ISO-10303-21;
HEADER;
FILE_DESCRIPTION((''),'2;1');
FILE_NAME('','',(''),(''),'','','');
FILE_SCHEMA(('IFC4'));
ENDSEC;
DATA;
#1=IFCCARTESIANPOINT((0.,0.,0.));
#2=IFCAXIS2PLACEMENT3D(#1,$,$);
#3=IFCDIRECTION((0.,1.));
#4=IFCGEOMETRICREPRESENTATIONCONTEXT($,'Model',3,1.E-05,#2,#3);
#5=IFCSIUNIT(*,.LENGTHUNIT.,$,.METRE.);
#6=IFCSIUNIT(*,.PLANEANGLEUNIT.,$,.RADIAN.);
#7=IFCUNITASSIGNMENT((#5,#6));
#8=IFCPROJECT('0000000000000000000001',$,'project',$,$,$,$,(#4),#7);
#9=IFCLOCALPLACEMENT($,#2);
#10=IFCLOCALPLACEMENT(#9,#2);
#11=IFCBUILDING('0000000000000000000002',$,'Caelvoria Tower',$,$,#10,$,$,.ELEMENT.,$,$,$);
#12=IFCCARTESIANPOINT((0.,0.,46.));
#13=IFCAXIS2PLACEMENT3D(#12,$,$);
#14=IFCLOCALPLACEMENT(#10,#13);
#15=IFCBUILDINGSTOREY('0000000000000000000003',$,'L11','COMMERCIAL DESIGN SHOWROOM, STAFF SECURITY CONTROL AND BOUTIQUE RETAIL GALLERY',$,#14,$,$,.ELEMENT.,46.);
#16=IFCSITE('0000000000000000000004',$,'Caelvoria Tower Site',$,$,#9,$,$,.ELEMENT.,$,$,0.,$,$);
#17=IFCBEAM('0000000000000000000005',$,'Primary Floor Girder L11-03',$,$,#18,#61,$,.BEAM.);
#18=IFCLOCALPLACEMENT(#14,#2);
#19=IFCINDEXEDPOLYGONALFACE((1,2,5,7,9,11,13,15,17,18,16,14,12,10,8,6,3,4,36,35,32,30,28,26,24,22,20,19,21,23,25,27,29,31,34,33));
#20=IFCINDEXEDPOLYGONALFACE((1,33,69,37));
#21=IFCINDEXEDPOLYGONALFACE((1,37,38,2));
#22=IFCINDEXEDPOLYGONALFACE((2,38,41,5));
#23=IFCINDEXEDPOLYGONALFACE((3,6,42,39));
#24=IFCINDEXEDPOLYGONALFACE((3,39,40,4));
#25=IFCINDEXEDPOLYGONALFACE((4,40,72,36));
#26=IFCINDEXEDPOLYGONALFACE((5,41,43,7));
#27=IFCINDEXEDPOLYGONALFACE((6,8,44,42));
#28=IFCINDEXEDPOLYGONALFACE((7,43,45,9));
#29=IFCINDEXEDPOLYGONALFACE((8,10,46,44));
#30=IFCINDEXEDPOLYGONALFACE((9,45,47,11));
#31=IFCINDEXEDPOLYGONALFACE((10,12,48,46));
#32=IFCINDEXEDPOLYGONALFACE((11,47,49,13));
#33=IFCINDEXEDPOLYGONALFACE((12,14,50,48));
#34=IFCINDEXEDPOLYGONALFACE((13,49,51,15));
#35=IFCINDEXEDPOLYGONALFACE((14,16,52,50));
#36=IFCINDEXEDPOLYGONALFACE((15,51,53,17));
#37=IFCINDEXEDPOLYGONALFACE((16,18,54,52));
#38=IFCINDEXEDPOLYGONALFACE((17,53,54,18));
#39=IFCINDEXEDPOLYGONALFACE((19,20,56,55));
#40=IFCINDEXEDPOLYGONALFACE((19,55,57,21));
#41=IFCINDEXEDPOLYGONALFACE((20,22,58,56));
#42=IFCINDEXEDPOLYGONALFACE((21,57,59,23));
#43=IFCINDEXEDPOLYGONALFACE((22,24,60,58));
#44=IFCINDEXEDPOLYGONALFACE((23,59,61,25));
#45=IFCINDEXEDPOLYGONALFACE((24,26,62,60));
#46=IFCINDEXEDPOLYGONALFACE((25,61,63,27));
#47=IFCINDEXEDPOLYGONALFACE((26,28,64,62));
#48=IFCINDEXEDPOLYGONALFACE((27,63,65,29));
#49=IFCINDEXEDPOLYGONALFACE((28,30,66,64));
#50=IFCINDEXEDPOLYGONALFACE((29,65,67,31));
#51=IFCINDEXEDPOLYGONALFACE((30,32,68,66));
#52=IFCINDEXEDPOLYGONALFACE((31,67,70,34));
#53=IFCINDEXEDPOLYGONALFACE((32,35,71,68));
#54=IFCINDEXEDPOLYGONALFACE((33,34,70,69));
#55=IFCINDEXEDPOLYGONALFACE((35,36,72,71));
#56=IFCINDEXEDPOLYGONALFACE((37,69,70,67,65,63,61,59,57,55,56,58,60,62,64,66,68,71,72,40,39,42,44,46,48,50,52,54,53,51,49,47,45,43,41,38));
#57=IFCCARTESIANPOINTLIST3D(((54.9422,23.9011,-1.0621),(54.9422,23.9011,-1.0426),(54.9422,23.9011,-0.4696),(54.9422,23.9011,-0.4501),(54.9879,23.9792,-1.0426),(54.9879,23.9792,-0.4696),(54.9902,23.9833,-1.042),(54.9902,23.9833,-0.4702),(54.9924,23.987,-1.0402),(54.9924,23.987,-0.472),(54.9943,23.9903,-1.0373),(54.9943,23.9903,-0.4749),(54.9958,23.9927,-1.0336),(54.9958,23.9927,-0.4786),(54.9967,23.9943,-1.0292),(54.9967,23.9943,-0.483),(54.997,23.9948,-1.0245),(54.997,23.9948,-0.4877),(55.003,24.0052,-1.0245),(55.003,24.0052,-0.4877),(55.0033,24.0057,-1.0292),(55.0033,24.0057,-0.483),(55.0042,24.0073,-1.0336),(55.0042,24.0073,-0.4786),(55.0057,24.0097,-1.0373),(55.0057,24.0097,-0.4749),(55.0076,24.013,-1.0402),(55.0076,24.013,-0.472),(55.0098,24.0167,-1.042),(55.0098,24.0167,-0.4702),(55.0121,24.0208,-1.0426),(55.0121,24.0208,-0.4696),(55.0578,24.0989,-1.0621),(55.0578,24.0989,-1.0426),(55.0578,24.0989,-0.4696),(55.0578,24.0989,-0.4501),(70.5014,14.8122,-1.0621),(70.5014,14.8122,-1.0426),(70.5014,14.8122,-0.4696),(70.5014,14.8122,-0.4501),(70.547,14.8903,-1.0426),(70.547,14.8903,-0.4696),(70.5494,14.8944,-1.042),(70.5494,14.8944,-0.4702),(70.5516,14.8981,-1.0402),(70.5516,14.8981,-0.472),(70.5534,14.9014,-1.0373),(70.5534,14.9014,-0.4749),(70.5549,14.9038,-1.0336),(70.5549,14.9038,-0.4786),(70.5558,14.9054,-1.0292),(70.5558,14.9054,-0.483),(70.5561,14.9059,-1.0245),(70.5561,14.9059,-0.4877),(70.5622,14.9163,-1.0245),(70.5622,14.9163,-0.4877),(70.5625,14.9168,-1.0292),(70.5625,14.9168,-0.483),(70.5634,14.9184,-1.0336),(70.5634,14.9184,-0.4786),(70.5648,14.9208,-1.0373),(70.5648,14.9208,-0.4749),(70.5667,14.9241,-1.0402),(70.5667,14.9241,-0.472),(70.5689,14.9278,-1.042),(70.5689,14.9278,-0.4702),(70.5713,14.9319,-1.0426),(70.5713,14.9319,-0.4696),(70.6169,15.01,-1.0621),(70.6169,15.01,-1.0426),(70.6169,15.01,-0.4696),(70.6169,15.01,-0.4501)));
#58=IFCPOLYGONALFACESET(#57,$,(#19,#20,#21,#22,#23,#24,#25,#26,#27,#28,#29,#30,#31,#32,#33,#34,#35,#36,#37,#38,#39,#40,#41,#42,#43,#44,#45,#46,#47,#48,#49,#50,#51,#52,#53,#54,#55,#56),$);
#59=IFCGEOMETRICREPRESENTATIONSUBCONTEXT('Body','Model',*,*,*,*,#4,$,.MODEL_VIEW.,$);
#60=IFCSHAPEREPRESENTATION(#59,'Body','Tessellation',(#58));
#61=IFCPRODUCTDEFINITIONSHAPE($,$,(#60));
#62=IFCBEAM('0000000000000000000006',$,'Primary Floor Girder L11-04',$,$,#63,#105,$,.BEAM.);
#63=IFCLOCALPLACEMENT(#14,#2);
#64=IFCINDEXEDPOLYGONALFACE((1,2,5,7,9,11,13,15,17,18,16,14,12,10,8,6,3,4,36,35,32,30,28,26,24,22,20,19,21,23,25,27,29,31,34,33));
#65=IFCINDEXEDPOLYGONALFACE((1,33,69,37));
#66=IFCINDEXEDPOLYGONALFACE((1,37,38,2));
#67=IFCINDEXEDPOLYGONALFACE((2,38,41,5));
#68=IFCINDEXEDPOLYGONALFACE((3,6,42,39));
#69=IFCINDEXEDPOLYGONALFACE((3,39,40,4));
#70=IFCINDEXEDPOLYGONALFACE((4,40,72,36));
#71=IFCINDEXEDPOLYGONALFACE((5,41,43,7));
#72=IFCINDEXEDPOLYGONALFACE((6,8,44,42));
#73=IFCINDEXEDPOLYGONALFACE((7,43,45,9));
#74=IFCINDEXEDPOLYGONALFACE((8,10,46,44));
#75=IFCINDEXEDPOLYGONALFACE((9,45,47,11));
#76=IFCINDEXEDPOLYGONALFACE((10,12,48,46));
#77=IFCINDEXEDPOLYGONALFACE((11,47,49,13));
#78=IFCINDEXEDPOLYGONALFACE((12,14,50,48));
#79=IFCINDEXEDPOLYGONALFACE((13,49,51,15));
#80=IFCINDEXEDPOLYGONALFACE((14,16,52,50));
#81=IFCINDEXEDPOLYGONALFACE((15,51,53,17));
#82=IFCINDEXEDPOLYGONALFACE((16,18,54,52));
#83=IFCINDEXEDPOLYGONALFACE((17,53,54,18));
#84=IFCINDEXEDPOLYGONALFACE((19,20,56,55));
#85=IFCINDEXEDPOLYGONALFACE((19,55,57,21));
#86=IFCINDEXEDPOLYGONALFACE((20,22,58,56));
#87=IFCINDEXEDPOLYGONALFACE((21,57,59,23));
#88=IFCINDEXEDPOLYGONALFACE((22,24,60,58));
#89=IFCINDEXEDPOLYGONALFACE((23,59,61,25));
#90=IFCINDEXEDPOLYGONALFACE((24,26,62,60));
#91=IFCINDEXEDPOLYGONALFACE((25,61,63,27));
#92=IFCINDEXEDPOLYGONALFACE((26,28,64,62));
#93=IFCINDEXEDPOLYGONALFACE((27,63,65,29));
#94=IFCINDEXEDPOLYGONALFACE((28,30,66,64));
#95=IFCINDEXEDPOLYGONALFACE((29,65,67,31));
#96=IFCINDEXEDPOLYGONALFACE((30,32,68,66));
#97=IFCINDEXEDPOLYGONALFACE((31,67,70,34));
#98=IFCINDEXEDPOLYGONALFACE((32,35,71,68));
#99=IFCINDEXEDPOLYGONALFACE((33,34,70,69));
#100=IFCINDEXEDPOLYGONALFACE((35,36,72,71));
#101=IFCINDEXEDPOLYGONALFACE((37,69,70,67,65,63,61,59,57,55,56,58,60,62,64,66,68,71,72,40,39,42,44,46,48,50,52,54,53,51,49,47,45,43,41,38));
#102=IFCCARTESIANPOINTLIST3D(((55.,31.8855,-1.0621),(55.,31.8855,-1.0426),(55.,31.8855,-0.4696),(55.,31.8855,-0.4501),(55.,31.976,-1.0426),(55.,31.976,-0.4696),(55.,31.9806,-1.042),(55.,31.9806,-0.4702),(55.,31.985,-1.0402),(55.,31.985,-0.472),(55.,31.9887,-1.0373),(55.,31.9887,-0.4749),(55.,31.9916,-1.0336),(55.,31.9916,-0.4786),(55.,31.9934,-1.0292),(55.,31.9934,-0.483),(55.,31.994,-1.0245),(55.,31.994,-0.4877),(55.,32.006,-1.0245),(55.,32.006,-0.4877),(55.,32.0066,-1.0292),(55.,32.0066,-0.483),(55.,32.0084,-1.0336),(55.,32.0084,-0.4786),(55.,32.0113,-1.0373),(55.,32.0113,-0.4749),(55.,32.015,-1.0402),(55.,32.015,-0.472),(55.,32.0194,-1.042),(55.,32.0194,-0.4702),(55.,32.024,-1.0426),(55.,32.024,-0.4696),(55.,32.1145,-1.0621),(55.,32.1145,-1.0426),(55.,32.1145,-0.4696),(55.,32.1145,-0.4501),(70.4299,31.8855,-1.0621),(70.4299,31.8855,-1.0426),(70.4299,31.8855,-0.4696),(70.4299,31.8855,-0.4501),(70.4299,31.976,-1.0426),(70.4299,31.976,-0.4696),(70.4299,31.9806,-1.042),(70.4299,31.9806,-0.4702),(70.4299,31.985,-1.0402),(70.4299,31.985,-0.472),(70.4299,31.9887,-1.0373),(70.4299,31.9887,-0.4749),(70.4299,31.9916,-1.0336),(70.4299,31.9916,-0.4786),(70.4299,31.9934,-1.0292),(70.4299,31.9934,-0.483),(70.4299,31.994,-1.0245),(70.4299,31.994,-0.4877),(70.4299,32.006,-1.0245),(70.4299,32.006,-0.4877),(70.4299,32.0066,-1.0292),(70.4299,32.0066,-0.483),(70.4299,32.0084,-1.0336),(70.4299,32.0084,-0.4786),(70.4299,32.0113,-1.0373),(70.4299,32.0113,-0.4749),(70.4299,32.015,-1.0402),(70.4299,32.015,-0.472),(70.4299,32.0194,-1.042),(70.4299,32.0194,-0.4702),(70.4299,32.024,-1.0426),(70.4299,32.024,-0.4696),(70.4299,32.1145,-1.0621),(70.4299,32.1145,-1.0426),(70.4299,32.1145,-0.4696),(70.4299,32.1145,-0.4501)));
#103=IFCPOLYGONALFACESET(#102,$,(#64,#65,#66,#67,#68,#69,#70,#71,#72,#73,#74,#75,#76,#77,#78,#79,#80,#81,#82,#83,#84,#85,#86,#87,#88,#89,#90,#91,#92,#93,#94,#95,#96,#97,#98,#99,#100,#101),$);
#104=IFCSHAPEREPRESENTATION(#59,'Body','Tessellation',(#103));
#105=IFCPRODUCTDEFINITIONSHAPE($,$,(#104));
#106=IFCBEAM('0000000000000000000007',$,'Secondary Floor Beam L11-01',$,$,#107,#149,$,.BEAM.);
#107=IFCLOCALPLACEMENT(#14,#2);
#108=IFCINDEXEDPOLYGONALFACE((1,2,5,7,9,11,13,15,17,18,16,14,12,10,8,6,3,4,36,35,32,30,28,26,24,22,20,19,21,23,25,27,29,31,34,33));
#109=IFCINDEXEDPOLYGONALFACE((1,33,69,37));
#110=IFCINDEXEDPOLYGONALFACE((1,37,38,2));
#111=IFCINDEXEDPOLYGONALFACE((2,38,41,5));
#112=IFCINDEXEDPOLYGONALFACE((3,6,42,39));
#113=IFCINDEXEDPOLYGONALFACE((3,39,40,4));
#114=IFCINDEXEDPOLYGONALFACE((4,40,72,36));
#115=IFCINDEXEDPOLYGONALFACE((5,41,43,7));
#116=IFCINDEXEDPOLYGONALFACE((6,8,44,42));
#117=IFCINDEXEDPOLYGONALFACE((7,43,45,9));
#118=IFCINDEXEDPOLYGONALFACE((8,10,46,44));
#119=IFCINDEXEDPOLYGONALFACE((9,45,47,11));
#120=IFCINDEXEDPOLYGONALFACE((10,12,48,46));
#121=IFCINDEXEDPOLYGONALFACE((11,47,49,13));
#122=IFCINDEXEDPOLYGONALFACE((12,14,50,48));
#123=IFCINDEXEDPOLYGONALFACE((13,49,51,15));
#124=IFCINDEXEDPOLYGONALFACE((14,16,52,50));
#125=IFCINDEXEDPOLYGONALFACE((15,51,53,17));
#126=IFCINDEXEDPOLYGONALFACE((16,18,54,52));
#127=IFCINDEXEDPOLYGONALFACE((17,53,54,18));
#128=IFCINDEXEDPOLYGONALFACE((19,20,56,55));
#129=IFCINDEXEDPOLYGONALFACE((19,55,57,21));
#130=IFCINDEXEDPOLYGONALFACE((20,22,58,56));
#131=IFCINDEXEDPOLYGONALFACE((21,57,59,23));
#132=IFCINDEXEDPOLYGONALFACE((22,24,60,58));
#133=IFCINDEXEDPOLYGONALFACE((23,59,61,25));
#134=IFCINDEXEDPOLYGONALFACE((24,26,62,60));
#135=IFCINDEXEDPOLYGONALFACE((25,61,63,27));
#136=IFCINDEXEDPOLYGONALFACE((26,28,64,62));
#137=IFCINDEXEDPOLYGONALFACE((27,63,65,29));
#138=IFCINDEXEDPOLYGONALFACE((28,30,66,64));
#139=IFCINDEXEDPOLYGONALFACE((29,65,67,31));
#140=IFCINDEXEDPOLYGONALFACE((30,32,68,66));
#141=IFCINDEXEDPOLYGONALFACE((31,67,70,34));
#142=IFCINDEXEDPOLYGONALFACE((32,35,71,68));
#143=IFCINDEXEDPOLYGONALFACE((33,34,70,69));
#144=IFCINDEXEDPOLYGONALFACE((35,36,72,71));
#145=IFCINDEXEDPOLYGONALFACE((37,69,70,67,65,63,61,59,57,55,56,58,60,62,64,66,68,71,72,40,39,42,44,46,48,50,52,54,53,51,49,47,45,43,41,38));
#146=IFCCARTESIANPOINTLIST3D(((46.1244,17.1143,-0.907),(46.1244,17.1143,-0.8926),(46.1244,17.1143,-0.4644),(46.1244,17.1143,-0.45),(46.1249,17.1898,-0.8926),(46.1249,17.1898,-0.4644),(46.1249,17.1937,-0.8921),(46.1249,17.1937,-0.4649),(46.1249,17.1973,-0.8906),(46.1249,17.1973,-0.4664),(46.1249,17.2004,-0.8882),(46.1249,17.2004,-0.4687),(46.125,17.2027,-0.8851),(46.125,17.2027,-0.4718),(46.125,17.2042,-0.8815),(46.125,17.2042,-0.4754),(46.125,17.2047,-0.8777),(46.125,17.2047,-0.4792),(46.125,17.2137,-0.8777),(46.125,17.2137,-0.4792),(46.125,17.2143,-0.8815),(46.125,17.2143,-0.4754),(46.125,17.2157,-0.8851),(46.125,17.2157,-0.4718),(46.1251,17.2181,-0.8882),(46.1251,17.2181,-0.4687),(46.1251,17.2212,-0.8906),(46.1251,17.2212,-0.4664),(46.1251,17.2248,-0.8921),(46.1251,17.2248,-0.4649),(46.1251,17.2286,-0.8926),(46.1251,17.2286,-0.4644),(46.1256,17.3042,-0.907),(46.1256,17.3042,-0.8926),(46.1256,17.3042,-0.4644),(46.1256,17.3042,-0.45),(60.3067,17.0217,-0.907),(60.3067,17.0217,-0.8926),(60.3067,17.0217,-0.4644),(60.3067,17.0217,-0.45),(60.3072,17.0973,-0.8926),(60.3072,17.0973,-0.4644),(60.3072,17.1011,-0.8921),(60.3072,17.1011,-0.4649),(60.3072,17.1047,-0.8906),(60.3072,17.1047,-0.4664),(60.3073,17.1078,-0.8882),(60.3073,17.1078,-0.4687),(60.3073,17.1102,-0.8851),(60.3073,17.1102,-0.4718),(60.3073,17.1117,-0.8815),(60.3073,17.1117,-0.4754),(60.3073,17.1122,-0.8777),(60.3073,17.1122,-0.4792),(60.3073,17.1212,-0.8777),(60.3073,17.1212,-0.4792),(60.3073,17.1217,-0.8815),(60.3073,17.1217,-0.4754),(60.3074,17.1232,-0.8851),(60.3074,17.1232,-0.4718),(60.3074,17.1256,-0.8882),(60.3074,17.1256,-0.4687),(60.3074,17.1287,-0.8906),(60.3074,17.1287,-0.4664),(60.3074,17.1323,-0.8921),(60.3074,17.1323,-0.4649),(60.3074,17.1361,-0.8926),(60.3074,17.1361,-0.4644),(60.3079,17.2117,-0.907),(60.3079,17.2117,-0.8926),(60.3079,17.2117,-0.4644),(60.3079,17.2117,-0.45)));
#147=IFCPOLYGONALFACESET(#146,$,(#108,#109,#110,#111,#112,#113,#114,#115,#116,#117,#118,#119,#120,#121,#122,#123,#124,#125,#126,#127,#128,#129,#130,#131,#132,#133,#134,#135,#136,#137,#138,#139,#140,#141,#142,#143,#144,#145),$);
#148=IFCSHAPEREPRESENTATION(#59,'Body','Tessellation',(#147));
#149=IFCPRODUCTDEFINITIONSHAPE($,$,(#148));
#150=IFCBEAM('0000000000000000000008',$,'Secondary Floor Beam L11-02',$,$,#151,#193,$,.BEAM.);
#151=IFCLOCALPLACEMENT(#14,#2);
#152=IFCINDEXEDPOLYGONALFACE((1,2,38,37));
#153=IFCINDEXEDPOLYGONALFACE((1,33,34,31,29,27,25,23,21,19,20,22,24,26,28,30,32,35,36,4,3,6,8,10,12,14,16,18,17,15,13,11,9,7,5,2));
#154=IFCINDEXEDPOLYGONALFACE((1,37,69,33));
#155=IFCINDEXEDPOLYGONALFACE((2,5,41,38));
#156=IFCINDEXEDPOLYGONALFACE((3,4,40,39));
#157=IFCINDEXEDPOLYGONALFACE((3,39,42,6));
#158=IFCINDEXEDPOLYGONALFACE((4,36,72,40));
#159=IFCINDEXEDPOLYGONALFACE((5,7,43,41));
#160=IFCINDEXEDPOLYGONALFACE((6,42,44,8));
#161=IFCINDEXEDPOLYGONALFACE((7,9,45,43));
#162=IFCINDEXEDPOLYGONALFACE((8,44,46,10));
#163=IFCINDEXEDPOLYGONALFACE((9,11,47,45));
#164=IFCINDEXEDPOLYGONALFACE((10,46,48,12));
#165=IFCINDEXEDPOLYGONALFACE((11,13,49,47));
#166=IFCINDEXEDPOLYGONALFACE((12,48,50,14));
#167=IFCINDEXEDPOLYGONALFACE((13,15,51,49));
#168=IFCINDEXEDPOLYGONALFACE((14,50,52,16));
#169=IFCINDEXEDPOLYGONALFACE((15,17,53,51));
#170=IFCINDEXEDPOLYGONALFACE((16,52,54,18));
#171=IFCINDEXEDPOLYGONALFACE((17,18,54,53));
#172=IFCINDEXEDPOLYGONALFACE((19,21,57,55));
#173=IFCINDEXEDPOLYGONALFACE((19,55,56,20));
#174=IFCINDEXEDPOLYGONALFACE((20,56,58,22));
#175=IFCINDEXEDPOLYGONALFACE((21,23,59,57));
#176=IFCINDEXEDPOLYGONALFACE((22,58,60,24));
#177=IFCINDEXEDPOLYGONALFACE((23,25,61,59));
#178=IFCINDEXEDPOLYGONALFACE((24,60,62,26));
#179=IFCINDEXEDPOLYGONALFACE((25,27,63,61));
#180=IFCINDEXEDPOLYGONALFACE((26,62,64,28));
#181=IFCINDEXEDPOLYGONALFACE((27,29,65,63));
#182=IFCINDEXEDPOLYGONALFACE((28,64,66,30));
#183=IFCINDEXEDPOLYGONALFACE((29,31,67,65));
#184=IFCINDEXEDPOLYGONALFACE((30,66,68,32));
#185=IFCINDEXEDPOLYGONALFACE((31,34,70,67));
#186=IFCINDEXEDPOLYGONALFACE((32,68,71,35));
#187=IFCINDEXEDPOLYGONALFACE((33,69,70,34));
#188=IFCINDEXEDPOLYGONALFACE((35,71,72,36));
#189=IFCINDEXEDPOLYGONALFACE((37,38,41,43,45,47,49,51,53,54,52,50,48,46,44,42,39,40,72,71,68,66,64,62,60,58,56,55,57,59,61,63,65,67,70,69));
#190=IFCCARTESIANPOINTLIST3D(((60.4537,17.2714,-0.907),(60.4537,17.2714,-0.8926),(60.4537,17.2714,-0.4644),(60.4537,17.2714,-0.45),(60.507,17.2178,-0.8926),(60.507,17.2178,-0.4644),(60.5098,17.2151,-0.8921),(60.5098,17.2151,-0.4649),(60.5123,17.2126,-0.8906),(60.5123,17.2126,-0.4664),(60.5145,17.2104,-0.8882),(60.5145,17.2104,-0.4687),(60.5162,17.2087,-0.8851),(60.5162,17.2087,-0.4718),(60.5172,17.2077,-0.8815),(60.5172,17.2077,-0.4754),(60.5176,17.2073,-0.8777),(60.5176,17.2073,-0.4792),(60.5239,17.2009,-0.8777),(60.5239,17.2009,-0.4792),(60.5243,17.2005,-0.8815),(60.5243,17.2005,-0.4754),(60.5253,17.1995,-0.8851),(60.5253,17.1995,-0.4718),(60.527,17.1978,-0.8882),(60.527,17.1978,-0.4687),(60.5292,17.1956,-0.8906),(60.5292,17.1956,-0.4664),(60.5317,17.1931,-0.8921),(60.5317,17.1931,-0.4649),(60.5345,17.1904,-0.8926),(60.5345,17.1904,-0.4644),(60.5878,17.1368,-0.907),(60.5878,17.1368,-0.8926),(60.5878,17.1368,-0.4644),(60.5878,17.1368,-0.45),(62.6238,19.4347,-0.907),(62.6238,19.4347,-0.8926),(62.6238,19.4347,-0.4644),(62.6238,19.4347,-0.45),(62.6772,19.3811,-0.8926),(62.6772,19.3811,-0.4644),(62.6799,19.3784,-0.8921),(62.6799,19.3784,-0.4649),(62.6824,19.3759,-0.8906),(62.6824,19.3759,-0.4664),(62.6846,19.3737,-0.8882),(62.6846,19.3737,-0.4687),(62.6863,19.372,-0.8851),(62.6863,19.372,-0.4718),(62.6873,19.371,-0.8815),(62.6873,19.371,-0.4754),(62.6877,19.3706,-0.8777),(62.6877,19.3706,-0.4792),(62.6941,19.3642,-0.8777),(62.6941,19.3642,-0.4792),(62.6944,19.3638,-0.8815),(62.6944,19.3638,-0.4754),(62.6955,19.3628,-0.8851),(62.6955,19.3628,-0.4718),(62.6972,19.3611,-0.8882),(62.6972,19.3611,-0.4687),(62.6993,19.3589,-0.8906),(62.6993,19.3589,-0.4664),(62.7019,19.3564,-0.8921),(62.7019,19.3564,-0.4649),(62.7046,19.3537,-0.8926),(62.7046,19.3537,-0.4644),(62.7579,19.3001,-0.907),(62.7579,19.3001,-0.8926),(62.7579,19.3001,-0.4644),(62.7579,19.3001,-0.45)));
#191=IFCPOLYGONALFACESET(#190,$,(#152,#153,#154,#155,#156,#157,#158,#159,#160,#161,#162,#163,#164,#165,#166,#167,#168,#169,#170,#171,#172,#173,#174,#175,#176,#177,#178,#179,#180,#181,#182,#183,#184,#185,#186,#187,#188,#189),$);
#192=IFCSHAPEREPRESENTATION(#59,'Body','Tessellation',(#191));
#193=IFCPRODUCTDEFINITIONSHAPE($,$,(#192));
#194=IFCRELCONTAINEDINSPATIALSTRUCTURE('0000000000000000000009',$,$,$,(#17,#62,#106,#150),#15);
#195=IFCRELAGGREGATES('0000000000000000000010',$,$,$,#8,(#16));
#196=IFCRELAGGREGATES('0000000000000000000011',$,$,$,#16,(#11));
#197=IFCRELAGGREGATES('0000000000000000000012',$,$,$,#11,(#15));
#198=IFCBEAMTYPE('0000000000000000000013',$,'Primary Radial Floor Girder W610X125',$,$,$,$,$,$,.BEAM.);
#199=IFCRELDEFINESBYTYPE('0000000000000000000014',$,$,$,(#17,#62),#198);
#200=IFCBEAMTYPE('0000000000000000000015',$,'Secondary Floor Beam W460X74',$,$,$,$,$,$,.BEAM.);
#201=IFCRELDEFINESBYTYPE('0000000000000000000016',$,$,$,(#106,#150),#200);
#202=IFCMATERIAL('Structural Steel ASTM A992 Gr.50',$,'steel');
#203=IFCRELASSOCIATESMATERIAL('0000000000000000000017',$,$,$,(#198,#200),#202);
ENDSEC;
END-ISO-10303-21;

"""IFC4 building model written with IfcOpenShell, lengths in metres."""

from ifc_helpers import new_model, si_unit, direction, frame, origin, origin_2d, place, context, subcontext, project, spatial, i_section, extrude, material, material_profile, profile_set, type_object, element, save


model = new_model("IFC4")

# Units and contexts
model_context = context("Model", 3, precision=1e-05, world=origin(), true_north=direction((0.0, 1.0)))
body_context = subcontext(model_context, "Body", "Model", "MODEL_VIEW")
ifc_project = project(units=[si_unit("LENGTHUNIT", "METRE"), si_unit("PLANEANGLEUNIT", "RADIAN")], contexts=[model_context])

# Site, building, storey
site_placement = place(None, origin())
site = spatial("IfcSite", under=ifc_project, at=site_placement, Name="Caelvoria Tower Site", CompositionType="ELEMENT", RefElevation=0.0)
building_placement = place(site_placement, origin())
building = spatial("IfcBuilding", under=site, at=building_placement, Name="Caelvoria Tower", CompositionType="ELEMENT")
storey_placement = place(building_placement, frame((0.0, 0.0, 46.0)))
storey = spatial("IfcBuildingStorey", under=building, at=storey_placement, Name="L11", Description="COMMERCIAL DESIGN SHOWROOM, STAFF SECURITY CONTROL AND BOUTIQUE RETAIL GALLERY", CompositionType="ELEMENT", Elevation=46.0)

# Beams
ifc_material_1 = material(Name="Structural Steel ASTM A992 Gr.50", Category="steel")
ifc_material_profile_1 = material_profile(ifc_material_1, i_section(OverallWidth=0.229, OverallDepth=0.6121, WebThickness=0.012, FlangeThickness=0.0195, FilletRadius=0.0181, at=origin_2d()), Name="Structural Steel ASTM A992 Gr.50")
ifc_profile_set_1 = profile_set([ifc_material_profile_1], Name="W610X125 - Structural Steel ASTM A992 Gr.50")
beam_type_1 = type_object("IfcBeamType", Name="Primary Radial Floor Girder W610X125", PredefinedType="BEAM", material=ifc_profile_set_1)
beam_1_placement = place(storey_placement, frame((55.0, 24.0, -0.7561), z_axis=(0.863471, -0.504398, 0.0), x_axis=(0.504398, 0.863471, 0.0)))
element("IfcBeam", 1, at=beam_1_placement, inside=storey, type_object=beam_type_1, Name="Primary Floor Girder L11-03", PredefinedType="BEAM", context=body_context, shape_type="SweptSolid", body=[
    extrude(i_section(OverallWidth=0.229, OverallDepth=0.6121, WebThickness=0.012, FlangeThickness=0.0195, FilletRadius=0.0181, at=origin_2d()), origin(), (0.0, 0.0, 1.0), 18.0193),
])
beam_2_placement = place(storey_placement, frame((55.0, 32.0, -0.7561), z_axis=(1.0, 0.0, 0.0), x_axis=(0.0, 1.0, 0.0)))
element("IfcBeam", 2, at=beam_2_placement, inside=storey, type_object=beam_type_1, Name="Primary Floor Girder L11-04", PredefinedType="BEAM", context=body_context, shape_type="SweptSolid", body=[
    extrude(i_section(OverallWidth=0.229, OverallDepth=0.6121, WebThickness=0.012, FlangeThickness=0.0195, FilletRadius=0.0181, at=origin_2d()), origin(), (0.0, 0.0, 1.0), 15.4299),
])
ifc_material_profile_2 = material_profile(ifc_material_1, i_section(OverallWidth=0.1899, OverallDepth=0.457, WebThickness=0.009, FlangeThickness=0.0144, FilletRadius=0.0149, at=origin_2d()), Name="Structural Steel ASTM A992 Gr.50")
ifc_profile_set_2 = profile_set([ifc_material_profile_2], Name="W460X74 - Structural Steel ASTM A992 Gr.50")
beam_type_2 = type_object("IfcBeamType", Name="Secondary Floor Beam W460X74", PredefinedType="BEAM", material=ifc_profile_set_2)
beam_3_placement = place(storey_placement, frame((46.125, 17.2092, -0.6785), z_axis=(0.999979, -0.006524, 0.0), x_axis=(0.006524, 0.999979, 0.0)))
element("IfcBeam", 3, at=beam_3_placement, inside=storey, type_object=beam_type_2, Name="Secondary Floor Beam L11-01", PredefinedType="BEAM", context=body_context, shape_type="SweptSolid", body=[
    extrude(i_section(OverallWidth=0.1899, OverallDepth=0.457, WebThickness=0.009, FlangeThickness=0.0144, FilletRadius=0.0149, at=origin_2d()), origin(), (0.0, 0.0, 1.0), 14.1826),
])
beam_4_placement = place(storey_placement, frame((60.5208, 17.2041, -0.6785), z_axis=(0.708221, 0.70599, 0.0), x_axis=(-0.70599, 0.708221, 0.0)))
element("IfcBeam", 4, at=beam_4_placement, inside=storey, type_object=beam_type_2, Name="Secondary Floor Beam L11-02", PredefinedType="BEAM", context=body_context, shape_type="SweptSolid", body=[
    extrude(i_section(OverallWidth=0.1899, OverallDepth=0.457, WebThickness=0.009, FlangeThickness=0.0144, FilletRadius=0.0149, at=origin_2d()), origin(), (0.0, 0.0, 1.0), 3.0642),
])

save(model, "model.ifc")
